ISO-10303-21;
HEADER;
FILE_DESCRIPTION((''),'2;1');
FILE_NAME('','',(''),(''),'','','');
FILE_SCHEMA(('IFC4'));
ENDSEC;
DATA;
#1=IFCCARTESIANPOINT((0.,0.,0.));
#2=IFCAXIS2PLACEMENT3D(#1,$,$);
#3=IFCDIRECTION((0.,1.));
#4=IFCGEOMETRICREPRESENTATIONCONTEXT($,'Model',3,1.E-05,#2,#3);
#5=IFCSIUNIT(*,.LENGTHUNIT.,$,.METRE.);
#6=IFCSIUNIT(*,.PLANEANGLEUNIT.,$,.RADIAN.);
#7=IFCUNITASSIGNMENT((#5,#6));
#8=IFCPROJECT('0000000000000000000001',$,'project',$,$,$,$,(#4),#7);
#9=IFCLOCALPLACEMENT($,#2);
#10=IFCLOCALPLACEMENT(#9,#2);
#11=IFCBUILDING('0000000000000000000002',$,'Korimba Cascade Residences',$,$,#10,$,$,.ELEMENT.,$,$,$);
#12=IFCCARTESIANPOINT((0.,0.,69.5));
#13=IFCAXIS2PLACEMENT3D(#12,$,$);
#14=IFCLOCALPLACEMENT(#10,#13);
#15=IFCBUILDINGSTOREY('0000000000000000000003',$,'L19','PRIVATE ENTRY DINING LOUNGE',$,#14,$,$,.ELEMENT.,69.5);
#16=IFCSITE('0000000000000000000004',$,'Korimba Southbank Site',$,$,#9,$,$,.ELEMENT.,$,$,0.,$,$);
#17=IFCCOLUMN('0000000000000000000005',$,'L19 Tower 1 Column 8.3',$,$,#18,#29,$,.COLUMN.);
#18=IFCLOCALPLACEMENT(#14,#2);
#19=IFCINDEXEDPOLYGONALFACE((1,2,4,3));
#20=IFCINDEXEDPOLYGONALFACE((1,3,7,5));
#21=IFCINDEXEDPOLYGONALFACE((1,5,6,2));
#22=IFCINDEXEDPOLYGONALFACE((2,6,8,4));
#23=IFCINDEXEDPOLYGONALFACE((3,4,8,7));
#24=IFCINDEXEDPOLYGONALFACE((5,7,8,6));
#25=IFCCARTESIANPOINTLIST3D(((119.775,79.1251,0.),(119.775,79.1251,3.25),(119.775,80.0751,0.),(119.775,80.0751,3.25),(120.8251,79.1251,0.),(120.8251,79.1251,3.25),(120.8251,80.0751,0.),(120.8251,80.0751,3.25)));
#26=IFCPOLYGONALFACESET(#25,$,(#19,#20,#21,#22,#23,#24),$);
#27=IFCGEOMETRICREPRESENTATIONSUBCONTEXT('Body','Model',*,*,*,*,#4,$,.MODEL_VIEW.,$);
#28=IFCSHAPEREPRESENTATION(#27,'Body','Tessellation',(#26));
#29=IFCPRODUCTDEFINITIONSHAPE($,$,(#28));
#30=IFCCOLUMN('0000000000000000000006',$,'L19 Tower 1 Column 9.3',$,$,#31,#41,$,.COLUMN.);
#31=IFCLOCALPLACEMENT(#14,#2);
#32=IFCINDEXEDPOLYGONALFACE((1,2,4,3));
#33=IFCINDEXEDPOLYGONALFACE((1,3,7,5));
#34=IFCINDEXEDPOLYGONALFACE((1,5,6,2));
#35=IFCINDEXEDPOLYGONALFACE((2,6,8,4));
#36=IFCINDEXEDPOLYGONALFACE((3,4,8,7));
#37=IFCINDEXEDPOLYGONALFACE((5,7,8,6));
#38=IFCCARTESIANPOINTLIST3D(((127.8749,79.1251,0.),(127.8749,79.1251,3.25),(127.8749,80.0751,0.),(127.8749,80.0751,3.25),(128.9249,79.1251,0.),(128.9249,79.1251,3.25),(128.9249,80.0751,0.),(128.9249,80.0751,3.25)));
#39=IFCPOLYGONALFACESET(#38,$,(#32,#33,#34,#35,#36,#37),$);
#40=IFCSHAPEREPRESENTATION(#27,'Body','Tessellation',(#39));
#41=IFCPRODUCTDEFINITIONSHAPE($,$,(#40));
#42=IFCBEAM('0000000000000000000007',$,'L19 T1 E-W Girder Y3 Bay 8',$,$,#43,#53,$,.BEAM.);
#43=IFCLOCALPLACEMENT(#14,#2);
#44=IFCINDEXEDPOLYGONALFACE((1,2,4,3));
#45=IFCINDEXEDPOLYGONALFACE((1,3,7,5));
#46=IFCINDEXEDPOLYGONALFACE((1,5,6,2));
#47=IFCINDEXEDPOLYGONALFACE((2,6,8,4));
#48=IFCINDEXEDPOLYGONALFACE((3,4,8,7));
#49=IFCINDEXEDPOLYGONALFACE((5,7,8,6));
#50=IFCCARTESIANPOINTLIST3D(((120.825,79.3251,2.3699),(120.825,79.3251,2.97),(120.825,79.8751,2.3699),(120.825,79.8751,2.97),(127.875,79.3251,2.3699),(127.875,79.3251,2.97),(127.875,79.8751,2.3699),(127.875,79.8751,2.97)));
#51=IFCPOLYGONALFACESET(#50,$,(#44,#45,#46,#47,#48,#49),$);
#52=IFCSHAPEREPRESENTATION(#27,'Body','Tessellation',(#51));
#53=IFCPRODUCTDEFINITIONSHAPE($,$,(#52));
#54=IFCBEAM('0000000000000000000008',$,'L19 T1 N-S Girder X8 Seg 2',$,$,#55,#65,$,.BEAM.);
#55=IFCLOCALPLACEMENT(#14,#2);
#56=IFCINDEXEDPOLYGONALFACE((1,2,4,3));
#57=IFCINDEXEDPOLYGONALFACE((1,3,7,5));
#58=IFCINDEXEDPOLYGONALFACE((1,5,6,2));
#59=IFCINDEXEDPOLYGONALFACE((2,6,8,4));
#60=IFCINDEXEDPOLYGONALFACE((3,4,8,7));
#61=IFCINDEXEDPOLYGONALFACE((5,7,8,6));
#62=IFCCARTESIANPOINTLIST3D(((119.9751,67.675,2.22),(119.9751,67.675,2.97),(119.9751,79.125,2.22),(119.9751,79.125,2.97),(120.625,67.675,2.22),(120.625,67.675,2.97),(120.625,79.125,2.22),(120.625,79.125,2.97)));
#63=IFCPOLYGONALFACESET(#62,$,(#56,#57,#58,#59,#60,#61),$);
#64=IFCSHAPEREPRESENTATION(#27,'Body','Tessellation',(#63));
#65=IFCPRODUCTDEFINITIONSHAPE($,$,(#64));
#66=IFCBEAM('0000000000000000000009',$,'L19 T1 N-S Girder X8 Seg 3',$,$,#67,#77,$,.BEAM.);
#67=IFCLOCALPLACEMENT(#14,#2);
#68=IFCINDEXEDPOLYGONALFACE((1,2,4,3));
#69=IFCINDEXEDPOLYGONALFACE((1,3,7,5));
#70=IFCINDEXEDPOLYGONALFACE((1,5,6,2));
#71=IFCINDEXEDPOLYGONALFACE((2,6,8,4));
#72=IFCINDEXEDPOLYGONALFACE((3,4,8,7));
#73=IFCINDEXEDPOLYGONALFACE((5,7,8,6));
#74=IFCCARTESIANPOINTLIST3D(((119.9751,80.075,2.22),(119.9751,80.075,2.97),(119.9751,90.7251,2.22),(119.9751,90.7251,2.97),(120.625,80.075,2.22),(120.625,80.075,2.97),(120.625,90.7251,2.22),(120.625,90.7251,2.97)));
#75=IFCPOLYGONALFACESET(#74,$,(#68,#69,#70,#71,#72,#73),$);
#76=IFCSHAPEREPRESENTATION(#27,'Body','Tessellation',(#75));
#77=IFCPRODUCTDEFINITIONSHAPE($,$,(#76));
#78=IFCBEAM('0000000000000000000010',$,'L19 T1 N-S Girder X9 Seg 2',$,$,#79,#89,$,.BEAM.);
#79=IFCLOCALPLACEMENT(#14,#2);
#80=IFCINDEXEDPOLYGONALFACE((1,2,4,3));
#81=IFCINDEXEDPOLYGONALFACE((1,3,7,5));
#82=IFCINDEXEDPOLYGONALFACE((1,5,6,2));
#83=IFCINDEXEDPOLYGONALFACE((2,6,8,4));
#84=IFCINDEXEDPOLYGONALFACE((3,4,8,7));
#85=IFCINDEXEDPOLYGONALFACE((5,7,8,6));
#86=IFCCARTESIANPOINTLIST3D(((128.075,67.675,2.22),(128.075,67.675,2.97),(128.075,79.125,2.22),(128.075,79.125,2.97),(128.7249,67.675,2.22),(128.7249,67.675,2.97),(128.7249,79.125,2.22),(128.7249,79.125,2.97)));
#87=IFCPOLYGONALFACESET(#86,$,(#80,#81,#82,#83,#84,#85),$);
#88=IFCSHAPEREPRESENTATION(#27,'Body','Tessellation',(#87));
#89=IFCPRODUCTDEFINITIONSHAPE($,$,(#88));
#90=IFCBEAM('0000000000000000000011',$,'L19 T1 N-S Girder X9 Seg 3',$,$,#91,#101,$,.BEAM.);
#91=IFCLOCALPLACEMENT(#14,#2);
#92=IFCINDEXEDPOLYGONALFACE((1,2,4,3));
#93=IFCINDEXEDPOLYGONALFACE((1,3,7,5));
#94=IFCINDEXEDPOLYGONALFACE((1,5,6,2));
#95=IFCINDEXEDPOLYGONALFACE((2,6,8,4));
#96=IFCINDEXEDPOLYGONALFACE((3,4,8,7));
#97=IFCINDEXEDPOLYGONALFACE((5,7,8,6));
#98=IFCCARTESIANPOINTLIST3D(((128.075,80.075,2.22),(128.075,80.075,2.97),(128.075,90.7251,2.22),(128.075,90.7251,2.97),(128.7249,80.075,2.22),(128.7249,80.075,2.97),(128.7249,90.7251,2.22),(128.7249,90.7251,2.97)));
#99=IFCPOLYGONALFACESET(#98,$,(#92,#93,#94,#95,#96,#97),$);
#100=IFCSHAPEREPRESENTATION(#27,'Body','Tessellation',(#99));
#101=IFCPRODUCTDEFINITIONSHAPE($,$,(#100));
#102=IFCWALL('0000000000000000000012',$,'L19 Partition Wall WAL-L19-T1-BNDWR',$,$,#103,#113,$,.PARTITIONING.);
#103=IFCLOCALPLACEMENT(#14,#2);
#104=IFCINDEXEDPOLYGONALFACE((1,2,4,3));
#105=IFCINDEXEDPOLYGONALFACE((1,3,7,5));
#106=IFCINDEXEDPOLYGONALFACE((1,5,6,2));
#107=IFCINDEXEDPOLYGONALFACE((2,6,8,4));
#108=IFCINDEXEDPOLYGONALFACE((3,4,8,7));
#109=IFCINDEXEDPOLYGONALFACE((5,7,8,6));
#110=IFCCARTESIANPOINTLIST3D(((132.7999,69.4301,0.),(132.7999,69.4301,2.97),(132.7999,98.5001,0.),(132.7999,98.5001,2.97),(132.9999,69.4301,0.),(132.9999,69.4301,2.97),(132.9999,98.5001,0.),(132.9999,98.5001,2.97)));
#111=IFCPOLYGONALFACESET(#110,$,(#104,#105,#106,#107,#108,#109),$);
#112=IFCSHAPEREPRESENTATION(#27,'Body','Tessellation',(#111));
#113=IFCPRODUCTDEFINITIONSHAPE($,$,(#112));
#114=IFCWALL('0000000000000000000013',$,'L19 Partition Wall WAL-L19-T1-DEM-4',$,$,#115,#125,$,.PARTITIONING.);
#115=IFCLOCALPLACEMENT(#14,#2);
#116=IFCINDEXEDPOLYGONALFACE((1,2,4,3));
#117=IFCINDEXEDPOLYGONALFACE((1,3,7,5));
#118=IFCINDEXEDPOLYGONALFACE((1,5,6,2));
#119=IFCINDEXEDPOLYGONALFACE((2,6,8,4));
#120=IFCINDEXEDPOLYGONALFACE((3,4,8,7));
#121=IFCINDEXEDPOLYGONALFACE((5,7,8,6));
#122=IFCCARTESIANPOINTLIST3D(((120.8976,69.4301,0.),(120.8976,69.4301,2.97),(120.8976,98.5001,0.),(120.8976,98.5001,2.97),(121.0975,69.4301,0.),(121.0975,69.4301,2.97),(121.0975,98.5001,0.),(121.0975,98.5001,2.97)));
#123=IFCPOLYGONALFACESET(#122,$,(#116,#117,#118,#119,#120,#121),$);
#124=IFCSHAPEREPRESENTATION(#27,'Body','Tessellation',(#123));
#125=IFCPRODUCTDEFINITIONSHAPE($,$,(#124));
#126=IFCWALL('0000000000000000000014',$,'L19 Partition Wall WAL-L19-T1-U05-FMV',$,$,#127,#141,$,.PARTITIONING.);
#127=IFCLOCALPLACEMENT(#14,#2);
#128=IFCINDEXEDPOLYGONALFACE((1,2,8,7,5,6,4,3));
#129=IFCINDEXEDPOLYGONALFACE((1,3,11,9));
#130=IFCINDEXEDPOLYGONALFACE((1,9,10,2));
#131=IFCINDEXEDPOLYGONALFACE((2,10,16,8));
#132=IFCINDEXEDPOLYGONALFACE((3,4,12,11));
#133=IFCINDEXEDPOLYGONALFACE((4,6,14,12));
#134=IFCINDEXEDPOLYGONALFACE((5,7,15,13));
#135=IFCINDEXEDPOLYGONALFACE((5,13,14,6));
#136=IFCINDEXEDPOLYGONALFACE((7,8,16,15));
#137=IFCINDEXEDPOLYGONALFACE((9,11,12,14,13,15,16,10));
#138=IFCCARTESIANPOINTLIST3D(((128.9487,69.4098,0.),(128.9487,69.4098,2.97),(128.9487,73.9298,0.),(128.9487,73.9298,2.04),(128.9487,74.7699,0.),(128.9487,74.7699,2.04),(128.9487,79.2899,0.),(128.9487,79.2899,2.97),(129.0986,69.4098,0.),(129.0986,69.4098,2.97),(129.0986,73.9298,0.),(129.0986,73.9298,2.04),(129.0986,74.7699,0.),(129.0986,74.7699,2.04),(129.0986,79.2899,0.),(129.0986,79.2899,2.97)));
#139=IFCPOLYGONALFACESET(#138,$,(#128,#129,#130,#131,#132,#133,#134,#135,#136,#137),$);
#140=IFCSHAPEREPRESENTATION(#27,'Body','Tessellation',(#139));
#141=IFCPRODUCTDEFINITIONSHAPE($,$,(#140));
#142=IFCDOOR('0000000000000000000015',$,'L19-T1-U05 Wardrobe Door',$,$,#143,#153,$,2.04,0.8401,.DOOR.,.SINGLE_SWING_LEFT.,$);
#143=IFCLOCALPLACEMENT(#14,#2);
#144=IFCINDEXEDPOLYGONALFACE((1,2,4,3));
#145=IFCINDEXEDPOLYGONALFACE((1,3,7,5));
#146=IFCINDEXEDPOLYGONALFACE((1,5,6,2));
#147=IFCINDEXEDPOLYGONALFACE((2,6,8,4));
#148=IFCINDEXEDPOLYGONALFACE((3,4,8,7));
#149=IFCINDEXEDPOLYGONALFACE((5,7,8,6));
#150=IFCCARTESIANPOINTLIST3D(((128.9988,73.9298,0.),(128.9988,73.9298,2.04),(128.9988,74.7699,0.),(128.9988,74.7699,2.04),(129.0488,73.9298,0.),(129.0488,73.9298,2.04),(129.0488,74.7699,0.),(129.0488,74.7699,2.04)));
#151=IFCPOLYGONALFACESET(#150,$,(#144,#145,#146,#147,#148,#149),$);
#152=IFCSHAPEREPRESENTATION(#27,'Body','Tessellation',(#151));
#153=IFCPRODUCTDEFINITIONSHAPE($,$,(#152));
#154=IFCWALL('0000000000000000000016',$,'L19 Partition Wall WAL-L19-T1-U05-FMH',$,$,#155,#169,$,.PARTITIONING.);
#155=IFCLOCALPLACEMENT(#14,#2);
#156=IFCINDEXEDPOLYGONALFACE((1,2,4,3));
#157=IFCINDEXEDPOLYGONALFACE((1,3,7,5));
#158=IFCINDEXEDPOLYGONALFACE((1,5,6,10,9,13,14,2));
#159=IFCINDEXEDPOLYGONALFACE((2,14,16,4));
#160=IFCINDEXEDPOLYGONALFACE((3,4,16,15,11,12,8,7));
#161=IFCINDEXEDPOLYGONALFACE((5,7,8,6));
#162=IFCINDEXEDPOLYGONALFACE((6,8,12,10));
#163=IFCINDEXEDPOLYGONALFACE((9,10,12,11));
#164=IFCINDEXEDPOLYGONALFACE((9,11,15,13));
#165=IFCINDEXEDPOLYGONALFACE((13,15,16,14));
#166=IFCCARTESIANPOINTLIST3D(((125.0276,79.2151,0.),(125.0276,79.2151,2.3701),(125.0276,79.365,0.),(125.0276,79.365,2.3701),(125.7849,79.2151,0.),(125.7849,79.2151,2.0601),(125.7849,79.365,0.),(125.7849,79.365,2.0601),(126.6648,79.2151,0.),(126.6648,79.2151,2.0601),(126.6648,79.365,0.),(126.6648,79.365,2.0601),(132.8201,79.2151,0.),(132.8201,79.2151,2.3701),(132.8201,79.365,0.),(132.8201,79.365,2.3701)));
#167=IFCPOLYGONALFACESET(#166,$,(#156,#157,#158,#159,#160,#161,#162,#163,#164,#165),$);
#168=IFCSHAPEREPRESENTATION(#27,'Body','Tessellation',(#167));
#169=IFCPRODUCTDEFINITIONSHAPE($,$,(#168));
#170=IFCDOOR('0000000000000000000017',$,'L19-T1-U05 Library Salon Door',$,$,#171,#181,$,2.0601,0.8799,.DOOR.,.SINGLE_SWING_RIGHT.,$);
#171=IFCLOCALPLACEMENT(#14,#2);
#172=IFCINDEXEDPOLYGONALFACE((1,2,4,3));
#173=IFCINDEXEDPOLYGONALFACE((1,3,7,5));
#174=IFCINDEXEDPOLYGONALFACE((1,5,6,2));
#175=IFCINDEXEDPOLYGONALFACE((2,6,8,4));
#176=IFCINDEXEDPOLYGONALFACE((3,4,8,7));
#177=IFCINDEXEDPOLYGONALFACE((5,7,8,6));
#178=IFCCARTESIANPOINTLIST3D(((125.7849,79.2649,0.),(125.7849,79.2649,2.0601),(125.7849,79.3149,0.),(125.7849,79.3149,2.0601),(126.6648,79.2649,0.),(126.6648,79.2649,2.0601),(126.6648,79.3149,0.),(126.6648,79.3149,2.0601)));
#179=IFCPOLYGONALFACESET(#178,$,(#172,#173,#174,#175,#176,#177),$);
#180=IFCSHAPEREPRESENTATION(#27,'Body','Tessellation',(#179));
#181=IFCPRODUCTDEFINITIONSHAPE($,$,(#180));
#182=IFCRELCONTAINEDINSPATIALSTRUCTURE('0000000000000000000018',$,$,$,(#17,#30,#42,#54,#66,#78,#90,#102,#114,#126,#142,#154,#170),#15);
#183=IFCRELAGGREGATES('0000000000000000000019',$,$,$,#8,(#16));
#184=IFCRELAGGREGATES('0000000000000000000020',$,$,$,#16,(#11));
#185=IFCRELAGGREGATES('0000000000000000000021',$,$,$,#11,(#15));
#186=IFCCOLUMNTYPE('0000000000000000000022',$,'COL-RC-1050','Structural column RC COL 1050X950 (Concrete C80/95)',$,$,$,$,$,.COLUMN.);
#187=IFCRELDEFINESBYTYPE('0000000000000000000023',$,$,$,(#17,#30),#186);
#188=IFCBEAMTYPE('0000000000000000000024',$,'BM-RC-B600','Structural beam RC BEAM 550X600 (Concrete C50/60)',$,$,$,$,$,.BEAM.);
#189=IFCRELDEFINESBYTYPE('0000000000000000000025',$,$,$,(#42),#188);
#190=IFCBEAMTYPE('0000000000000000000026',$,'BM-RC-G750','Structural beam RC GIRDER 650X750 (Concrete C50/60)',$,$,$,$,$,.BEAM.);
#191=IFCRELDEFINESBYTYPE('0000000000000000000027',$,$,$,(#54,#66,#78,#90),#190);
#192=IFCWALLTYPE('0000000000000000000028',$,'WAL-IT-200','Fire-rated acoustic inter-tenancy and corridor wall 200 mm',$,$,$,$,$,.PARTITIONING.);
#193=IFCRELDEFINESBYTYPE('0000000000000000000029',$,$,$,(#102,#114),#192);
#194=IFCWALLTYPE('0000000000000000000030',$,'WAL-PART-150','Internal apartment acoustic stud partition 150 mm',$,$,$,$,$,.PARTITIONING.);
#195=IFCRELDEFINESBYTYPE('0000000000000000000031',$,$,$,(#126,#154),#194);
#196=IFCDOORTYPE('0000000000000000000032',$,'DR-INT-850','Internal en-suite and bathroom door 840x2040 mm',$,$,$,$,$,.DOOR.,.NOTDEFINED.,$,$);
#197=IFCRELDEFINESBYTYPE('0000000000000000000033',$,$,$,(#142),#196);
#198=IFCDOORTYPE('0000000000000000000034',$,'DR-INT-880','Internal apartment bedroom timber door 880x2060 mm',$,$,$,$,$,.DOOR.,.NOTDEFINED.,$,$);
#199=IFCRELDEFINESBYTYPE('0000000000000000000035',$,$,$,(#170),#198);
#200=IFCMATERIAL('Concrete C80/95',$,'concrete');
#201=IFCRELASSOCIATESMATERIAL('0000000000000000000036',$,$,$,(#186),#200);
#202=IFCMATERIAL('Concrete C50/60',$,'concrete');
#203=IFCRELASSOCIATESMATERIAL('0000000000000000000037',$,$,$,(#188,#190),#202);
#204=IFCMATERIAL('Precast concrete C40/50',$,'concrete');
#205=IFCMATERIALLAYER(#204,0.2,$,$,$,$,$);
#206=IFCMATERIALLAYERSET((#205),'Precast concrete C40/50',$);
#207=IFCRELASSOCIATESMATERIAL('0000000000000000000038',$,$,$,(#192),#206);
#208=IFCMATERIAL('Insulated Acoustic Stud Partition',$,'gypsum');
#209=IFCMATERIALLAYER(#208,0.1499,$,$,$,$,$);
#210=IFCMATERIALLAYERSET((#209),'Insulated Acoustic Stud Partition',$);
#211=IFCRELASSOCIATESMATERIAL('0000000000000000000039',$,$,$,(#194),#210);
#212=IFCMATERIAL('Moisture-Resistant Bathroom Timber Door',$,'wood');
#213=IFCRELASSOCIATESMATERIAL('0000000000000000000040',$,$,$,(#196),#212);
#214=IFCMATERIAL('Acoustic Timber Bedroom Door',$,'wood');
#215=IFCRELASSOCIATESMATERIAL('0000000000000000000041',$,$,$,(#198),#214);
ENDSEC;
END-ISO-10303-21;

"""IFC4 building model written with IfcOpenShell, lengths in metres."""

from ifc_helpers import new_model, si_unit, direction, frame, frame_2d, origin, origin_2d, place, context, subcontext, project, spatial, rectangle, extrude, material, layer, layer_set, material_profile, profile_set, type_object, element, fill, save


model = new_model("IFC4")

# Units and contexts
model_context = context("Model", 3, precision=1e-05, world=origin(), true_north=direction((0.0, 1.0)))
body_context = subcontext(model_context, "Body", "Model", "MODEL_VIEW")
ifc_project = project(units=[si_unit("LENGTHUNIT", "METRE"), si_unit("PLANEANGLEUNIT", "RADIAN")], contexts=[model_context])

# Site, building, storey
site_placement = place(None, origin())
site = spatial("IfcSite", under=ifc_project, at=site_placement, Name="Korimba Southbank Site", CompositionType="ELEMENT", RefElevation=0.0)
building_placement = place(site_placement, origin())
building = spatial("IfcBuilding", under=site, at=building_placement, Name="Korimba Cascade Residences", CompositionType="ELEMENT")
storey_placement = place(building_placement, frame((0.0, 0.0, 69.5)))
storey = spatial("IfcBuildingStorey", under=building, at=storey_placement, Name="L19", Description="PRIVATE ENTRY DINING LOUNGE", CompositionType="ELEMENT", Elevation=69.5)

# Columns
ifc_material_1 = material(Name="Concrete C80/95", Category="concrete")
ifc_material_profile_1 = material_profile(ifc_material_1, rectangle(XDim=1.05, YDim=0.95, at=origin_2d()), Name="Concrete C80/95")
ifc_profile_set_1 = profile_set([ifc_material_profile_1], Name="Concrete C80/95")
column_type = type_object("IfcColumnType", Name="COL-RC-1050", Description="Structural column RC COL 1050X950 (Concrete C80/95)", PredefinedType="COLUMN", material=ifc_profile_set_1)
for number, where, z_axis, x_axis, name in (
    (1, (120.3, 79.6001, 0.0), (0.0, 0.0, 1.0), (1.0, 0.0, 0.0), "L19 Tower 1 Column 8.3"),
    (2, (128.3999, 79.6001, 0.0), (0.0, 0.0, 1.0), (1.0, 0.0, 0.0), "L19 Tower 1 Column 9.3"),
):
    element("IfcColumn", number, at=place(storey_placement, frame(where, z_axis=z_axis, x_axis=x_axis)), inside=storey, type_object=column_type, Name=name, PredefinedType="COLUMN", context=body_context, shape_type="SweptSolid", body=[
        extrude(rectangle(XDim=1.05, YDim=0.95, at=origin_2d()), origin(), (0.0, 0.0, 1.0), 3.25),
    ])

# Beams
ifc_material_2 = material(Name="Concrete C50/60", Category="concrete")
ifc_material_profile_2 = material_profile(ifc_material_2, rectangle(XDim=0.55, YDim=0.6001, at=origin_2d()), Name="Concrete C50/60")
ifc_profile_set_2 = profile_set([ifc_material_profile_2], Name="Concrete C50/60")
beam_type_1 = type_object("IfcBeamType", Name="BM-RC-B600", Description="Structural beam RC BEAM 550X600 (Concrete C50/60)", PredefinedType="BEAM", material=ifc_profile_set_2)
beam_1_placement = place(storey_placement, frame((120.825, 79.6001, 2.6699), z_axis=(1.0, 0.0, 0.0), x_axis=(0.0, 1.0, 0.0)))
element("IfcBeam", 3, at=beam_1_placement, inside=storey, type_object=beam_type_1, Name="L19 T1 E-W Girder Y3 Bay 8", PredefinedType="BEAM", context=body_context, shape_type="SweptSolid", body=[
    extrude(rectangle(XDim=0.55, YDim=0.6001, at=origin_2d()), origin(), (0.0, 0.0, 1.0), 7.05),
])
ifc_material_profile_3 = material_profile(ifc_material_2, rectangle(XDim=0.6499, YDim=0.75, at=origin_2d()), Name="Concrete C50/60")
ifc_profile_set_3 = profile_set([ifc_material_profile_3], Name="Concrete C50/60")
beam_type_2 = type_object("IfcBeamType", Name="BM-RC-G750", Description="Structural beam RC GIRDER 650X750 (Concrete C50/60)", PredefinedType="BEAM", material=ifc_profile_set_3)
beam_2_placement = place(storey_placement, frame((120.3, 67.675, 2.595), z_axis=(0.0, 1.0, 0.0), x_axis=(-1.0, 0.0, 0.0)))
element("IfcBeam", 4, at=beam_2_placement, inside=storey, type_object=beam_type_2, Name="L19 T1 N-S Girder X8 Seg 2", PredefinedType="BEAM", context=body_context, shape_type="SweptSolid", body=[
    extrude(rectangle(XDim=0.6499, YDim=0.75, at=origin_2d()), origin(), (0.0, 0.0, 1.0), 11.45),
])
beam_3_placement = place(storey_placement, frame((120.3, 80.075, 2.595), z_axis=(0.0, 1.0, 0.0), x_axis=(-1.0, 0.0, 0.0)))
element("IfcBeam", 5, at=beam_3_placement, inside=storey, type_object=beam_type_2, Name="L19 T1 N-S Girder X8 Seg 3", PredefinedType="BEAM", context=body_context, shape_type="SweptSolid", body=[
    extrude(rectangle(XDim=0.6499, YDim=0.75, at=origin_2d()), origin(), (0.0, 0.0, 1.0), 10.6501),
])
beam_4_placement = place(storey_placement, frame((128.3999, 67.675, 2.595), z_axis=(0.0, 1.0, 0.0), x_axis=(-1.0, 0.0, 0.0)))
element("IfcBeam", 6, at=beam_4_placement, inside=storey, type_object=beam_type_2, Name="L19 T1 N-S Girder X9 Seg 2", PredefinedType="BEAM", context=body_context, shape_type="SweptSolid", body=[
    extrude(rectangle(XDim=0.6499, YDim=0.75, at=origin_2d()), origin(), (0.0, 0.0, 1.0), 11.45),
])
beam_5_placement = place(storey_placement, frame((128.3999, 80.075, 2.595), z_axis=(0.0, 1.0, 0.0), x_axis=(-1.0, 0.0, 0.0)))
element("IfcBeam", 7, at=beam_5_placement, inside=storey, type_object=beam_type_2, Name="L19 T1 N-S Girder X9 Seg 3", PredefinedType="BEAM", context=body_context, shape_type="SweptSolid", body=[
    extrude(rectangle(XDim=0.6499, YDim=0.75, at=origin_2d()), origin(), (0.0, 0.0, 1.0), 10.6501),
])

# Walls
ifc_material_3 = material(Name="Precast concrete C40/50", Category="concrete")
ifc_layer_1 = layer(ifc_material_3, 0.2)
ifc_layer_set_1 = layer_set([ifc_layer_1], Name="Precast concrete C40/50")
wall_type_1 = type_object("IfcWallType", Name="WAL-IT-200", Description="Fire-rated acoustic inter-tenancy and corridor wall 200 mm", PredefinedType="PARTITIONING", material=ifc_layer_set_1)
for number, where, z_axis, x_axis, name in (
    (8, (132.8999, 69.4299, 0.0), (0.0, 0.0, 1.0), (0.0, 1.0, 0.0), "L19 Partition Wall WAL-L19-T1-BNDWR"),
    (9, (120.9976, 69.4299, 0.0), (0.0, 0.0, 1.0), (0.0, 1.0, 0.0), "L19 Partition Wall WAL-L19-T1-DEM-4"),
):
    element("IfcWall", number, at=place(storey_placement, frame(where, z_axis=z_axis, x_axis=x_axis)), inside=storey, type_object=wall_type_1, Name=name, PredefinedType="PARTITIONING", context=body_context, shape_type="SweptSolid", body=[
        extrude(rectangle(XDim=29.0701, YDim=0.2, at=frame_2d((14.5352, 0.0))), origin(), (0.0, 0.0, 1.0), 2.97),
    ])

# Walls, openings, doors
ifc_material_4 = material(Name="Insulated Acoustic Stud Partition", Category="gypsum")
ifc_layer_2 = layer(ifc_material_4, 0.1499)
ifc_layer_set_2 = layer_set([ifc_layer_2], Name="Insulated Acoustic Stud Partition")
wall_type_2 = type_object("IfcWallType", Name="WAL-PART-150", Description="Internal apartment acoustic stud partition 150 mm", PredefinedType="PARTITIONING", material=ifc_layer_set_2)
wall_1_placement = place(storey_placement, frame((129.0237, 69.4099, 0.0), z_axis=(0.0, 0.0, 1.0), x_axis=(0.0, 1.0, 0.0)))
wall_1 = element("IfcWall", 10, at=wall_1_placement, inside=storey, type_object=wall_type_2, Name="L19 Partition Wall WAL-L19-T1-U05-FMV", PredefinedType="PARTITIONING", context=body_context, shape_type="SweptSolid", body=[
    extrude(rectangle(XDim=9.8801, YDim=0.1499, at=frame_2d((4.9399, 0.0))), origin(), (0.0, 0.0, 1.0), 2.97),
])
opening_1_placement = place(wall_1_placement, frame((4.52, 0.0, 0.0)))
opening_1 = element("IfcOpeningElement", 11, at=opening_1_placement, cuts=wall_1, PredefinedType="OPENING", context=body_context, shape_type="SweptSolid", body=[
    extrude(rectangle(XDim=0.8401, YDim=2.04, at=frame_2d((0.4199, 1.02))), frame((0.0, 0.085, 0.0), z_axis=(0.0, -1.0, 0.0), x_axis=(1.0, 0.0, 0.0)), (0.0, 0.0, 1.0), 0.1699),
])
ifc_material_5 = material(Name="Moisture-Resistant Bathroom Timber Door", Category="wood")
door_type_1 = type_object("IfcDoorType", Name="DR-INT-850", Description="Internal en-suite and bathroom door 840x2040 mm", OperationType="NOTDEFINED", PredefinedType="DOOR", material=ifc_material_5)
door_1_placement = place(opening_1_placement, origin())
door_1 = element("IfcDoor", 12, at=door_1_placement, inside=storey, type_object=door_type_1, Name="L19-T1-U05 Wardrobe Door", OperationType="SINGLE_SWING_LEFT", OverallHeight=2.04, OverallWidth=0.8401, PredefinedType="DOOR", context=body_context, shape_type="SweptSolid", body=[
    extrude(rectangle(XDim=0.8401, YDim=2.04, at=frame_2d((0.4199, 1.02))), frame((0.0, 0.0249, 0.0), z_axis=(0.0, -1.0, 0.0), x_axis=(1.0, 0.0, 0.0)), (0.0, 0.0, 1.0), 0.05),
])
fill(opening_1, door_1)
wall_2_placement = place(storey_placement, frame((125.0276, 79.29, 0.0), z_axis=(0.0, 0.0, 1.0), x_axis=(1.0, 0.0, 0.0)))
wall_2 = element("IfcWall", 13, at=wall_2_placement, inside=storey, type_object=wall_type_2, Name="L19 Partition Wall WAL-L19-T1-U05-FMH", PredefinedType="PARTITIONING", context=body_context, shape_type="SweptSolid", body=[
    extrude(rectangle(XDim=7.7925, YDim=0.1499, at=frame_2d((3.8962, 0.0))), origin(), (0.0, 0.0, 1.0), 2.3701),
])
opening_2_placement = place(wall_2_placement, frame((0.7573, 0.0, 0.0)))
opening_2 = element("IfcOpeningElement", 14, at=opening_2_placement, cuts=wall_2, PredefinedType="OPENING", context=body_context, shape_type="SweptSolid", body=[
    extrude(rectangle(XDim=0.8799, YDim=2.0601, at=frame_2d((0.4399, 1.03))), frame((0.0, 0.085, 0.0), z_axis=(0.0, -1.0, 0.0), x_axis=(1.0, 0.0, 0.0)), (0.0, 0.0, 1.0), 0.1699),
])
ifc_material_6 = material(Name="Acoustic Timber Bedroom Door", Category="wood")
door_type_2 = type_object("IfcDoorType", Name="DR-INT-880", Description="Internal apartment bedroom timber door 880x2060 mm", OperationType="NOTDEFINED", PredefinedType="DOOR", material=ifc_material_6)
door_2_placement = place(opening_2_placement, origin())
door_2 = element("IfcDoor", 15, at=door_2_placement, inside=storey, type_object=door_type_2, Name="L19-T1-U05 Library Salon Door", OperationType="SINGLE_SWING_RIGHT", OverallHeight=2.0601, OverallWidth=0.8799, PredefinedType="DOOR", context=body_context, shape_type="SweptSolid", body=[
    extrude(rectangle(XDim=0.8799, YDim=2.0601, at=frame_2d((0.4399, 1.03))), frame((0.0, 0.0249, 0.0), z_axis=(0.0, -1.0, 0.0), x_axis=(1.0, 0.0, 0.0)), (0.0, 0.0, 1.0), 0.05),
])
fill(opening_2, door_2)

save(model, "model.ifc")
